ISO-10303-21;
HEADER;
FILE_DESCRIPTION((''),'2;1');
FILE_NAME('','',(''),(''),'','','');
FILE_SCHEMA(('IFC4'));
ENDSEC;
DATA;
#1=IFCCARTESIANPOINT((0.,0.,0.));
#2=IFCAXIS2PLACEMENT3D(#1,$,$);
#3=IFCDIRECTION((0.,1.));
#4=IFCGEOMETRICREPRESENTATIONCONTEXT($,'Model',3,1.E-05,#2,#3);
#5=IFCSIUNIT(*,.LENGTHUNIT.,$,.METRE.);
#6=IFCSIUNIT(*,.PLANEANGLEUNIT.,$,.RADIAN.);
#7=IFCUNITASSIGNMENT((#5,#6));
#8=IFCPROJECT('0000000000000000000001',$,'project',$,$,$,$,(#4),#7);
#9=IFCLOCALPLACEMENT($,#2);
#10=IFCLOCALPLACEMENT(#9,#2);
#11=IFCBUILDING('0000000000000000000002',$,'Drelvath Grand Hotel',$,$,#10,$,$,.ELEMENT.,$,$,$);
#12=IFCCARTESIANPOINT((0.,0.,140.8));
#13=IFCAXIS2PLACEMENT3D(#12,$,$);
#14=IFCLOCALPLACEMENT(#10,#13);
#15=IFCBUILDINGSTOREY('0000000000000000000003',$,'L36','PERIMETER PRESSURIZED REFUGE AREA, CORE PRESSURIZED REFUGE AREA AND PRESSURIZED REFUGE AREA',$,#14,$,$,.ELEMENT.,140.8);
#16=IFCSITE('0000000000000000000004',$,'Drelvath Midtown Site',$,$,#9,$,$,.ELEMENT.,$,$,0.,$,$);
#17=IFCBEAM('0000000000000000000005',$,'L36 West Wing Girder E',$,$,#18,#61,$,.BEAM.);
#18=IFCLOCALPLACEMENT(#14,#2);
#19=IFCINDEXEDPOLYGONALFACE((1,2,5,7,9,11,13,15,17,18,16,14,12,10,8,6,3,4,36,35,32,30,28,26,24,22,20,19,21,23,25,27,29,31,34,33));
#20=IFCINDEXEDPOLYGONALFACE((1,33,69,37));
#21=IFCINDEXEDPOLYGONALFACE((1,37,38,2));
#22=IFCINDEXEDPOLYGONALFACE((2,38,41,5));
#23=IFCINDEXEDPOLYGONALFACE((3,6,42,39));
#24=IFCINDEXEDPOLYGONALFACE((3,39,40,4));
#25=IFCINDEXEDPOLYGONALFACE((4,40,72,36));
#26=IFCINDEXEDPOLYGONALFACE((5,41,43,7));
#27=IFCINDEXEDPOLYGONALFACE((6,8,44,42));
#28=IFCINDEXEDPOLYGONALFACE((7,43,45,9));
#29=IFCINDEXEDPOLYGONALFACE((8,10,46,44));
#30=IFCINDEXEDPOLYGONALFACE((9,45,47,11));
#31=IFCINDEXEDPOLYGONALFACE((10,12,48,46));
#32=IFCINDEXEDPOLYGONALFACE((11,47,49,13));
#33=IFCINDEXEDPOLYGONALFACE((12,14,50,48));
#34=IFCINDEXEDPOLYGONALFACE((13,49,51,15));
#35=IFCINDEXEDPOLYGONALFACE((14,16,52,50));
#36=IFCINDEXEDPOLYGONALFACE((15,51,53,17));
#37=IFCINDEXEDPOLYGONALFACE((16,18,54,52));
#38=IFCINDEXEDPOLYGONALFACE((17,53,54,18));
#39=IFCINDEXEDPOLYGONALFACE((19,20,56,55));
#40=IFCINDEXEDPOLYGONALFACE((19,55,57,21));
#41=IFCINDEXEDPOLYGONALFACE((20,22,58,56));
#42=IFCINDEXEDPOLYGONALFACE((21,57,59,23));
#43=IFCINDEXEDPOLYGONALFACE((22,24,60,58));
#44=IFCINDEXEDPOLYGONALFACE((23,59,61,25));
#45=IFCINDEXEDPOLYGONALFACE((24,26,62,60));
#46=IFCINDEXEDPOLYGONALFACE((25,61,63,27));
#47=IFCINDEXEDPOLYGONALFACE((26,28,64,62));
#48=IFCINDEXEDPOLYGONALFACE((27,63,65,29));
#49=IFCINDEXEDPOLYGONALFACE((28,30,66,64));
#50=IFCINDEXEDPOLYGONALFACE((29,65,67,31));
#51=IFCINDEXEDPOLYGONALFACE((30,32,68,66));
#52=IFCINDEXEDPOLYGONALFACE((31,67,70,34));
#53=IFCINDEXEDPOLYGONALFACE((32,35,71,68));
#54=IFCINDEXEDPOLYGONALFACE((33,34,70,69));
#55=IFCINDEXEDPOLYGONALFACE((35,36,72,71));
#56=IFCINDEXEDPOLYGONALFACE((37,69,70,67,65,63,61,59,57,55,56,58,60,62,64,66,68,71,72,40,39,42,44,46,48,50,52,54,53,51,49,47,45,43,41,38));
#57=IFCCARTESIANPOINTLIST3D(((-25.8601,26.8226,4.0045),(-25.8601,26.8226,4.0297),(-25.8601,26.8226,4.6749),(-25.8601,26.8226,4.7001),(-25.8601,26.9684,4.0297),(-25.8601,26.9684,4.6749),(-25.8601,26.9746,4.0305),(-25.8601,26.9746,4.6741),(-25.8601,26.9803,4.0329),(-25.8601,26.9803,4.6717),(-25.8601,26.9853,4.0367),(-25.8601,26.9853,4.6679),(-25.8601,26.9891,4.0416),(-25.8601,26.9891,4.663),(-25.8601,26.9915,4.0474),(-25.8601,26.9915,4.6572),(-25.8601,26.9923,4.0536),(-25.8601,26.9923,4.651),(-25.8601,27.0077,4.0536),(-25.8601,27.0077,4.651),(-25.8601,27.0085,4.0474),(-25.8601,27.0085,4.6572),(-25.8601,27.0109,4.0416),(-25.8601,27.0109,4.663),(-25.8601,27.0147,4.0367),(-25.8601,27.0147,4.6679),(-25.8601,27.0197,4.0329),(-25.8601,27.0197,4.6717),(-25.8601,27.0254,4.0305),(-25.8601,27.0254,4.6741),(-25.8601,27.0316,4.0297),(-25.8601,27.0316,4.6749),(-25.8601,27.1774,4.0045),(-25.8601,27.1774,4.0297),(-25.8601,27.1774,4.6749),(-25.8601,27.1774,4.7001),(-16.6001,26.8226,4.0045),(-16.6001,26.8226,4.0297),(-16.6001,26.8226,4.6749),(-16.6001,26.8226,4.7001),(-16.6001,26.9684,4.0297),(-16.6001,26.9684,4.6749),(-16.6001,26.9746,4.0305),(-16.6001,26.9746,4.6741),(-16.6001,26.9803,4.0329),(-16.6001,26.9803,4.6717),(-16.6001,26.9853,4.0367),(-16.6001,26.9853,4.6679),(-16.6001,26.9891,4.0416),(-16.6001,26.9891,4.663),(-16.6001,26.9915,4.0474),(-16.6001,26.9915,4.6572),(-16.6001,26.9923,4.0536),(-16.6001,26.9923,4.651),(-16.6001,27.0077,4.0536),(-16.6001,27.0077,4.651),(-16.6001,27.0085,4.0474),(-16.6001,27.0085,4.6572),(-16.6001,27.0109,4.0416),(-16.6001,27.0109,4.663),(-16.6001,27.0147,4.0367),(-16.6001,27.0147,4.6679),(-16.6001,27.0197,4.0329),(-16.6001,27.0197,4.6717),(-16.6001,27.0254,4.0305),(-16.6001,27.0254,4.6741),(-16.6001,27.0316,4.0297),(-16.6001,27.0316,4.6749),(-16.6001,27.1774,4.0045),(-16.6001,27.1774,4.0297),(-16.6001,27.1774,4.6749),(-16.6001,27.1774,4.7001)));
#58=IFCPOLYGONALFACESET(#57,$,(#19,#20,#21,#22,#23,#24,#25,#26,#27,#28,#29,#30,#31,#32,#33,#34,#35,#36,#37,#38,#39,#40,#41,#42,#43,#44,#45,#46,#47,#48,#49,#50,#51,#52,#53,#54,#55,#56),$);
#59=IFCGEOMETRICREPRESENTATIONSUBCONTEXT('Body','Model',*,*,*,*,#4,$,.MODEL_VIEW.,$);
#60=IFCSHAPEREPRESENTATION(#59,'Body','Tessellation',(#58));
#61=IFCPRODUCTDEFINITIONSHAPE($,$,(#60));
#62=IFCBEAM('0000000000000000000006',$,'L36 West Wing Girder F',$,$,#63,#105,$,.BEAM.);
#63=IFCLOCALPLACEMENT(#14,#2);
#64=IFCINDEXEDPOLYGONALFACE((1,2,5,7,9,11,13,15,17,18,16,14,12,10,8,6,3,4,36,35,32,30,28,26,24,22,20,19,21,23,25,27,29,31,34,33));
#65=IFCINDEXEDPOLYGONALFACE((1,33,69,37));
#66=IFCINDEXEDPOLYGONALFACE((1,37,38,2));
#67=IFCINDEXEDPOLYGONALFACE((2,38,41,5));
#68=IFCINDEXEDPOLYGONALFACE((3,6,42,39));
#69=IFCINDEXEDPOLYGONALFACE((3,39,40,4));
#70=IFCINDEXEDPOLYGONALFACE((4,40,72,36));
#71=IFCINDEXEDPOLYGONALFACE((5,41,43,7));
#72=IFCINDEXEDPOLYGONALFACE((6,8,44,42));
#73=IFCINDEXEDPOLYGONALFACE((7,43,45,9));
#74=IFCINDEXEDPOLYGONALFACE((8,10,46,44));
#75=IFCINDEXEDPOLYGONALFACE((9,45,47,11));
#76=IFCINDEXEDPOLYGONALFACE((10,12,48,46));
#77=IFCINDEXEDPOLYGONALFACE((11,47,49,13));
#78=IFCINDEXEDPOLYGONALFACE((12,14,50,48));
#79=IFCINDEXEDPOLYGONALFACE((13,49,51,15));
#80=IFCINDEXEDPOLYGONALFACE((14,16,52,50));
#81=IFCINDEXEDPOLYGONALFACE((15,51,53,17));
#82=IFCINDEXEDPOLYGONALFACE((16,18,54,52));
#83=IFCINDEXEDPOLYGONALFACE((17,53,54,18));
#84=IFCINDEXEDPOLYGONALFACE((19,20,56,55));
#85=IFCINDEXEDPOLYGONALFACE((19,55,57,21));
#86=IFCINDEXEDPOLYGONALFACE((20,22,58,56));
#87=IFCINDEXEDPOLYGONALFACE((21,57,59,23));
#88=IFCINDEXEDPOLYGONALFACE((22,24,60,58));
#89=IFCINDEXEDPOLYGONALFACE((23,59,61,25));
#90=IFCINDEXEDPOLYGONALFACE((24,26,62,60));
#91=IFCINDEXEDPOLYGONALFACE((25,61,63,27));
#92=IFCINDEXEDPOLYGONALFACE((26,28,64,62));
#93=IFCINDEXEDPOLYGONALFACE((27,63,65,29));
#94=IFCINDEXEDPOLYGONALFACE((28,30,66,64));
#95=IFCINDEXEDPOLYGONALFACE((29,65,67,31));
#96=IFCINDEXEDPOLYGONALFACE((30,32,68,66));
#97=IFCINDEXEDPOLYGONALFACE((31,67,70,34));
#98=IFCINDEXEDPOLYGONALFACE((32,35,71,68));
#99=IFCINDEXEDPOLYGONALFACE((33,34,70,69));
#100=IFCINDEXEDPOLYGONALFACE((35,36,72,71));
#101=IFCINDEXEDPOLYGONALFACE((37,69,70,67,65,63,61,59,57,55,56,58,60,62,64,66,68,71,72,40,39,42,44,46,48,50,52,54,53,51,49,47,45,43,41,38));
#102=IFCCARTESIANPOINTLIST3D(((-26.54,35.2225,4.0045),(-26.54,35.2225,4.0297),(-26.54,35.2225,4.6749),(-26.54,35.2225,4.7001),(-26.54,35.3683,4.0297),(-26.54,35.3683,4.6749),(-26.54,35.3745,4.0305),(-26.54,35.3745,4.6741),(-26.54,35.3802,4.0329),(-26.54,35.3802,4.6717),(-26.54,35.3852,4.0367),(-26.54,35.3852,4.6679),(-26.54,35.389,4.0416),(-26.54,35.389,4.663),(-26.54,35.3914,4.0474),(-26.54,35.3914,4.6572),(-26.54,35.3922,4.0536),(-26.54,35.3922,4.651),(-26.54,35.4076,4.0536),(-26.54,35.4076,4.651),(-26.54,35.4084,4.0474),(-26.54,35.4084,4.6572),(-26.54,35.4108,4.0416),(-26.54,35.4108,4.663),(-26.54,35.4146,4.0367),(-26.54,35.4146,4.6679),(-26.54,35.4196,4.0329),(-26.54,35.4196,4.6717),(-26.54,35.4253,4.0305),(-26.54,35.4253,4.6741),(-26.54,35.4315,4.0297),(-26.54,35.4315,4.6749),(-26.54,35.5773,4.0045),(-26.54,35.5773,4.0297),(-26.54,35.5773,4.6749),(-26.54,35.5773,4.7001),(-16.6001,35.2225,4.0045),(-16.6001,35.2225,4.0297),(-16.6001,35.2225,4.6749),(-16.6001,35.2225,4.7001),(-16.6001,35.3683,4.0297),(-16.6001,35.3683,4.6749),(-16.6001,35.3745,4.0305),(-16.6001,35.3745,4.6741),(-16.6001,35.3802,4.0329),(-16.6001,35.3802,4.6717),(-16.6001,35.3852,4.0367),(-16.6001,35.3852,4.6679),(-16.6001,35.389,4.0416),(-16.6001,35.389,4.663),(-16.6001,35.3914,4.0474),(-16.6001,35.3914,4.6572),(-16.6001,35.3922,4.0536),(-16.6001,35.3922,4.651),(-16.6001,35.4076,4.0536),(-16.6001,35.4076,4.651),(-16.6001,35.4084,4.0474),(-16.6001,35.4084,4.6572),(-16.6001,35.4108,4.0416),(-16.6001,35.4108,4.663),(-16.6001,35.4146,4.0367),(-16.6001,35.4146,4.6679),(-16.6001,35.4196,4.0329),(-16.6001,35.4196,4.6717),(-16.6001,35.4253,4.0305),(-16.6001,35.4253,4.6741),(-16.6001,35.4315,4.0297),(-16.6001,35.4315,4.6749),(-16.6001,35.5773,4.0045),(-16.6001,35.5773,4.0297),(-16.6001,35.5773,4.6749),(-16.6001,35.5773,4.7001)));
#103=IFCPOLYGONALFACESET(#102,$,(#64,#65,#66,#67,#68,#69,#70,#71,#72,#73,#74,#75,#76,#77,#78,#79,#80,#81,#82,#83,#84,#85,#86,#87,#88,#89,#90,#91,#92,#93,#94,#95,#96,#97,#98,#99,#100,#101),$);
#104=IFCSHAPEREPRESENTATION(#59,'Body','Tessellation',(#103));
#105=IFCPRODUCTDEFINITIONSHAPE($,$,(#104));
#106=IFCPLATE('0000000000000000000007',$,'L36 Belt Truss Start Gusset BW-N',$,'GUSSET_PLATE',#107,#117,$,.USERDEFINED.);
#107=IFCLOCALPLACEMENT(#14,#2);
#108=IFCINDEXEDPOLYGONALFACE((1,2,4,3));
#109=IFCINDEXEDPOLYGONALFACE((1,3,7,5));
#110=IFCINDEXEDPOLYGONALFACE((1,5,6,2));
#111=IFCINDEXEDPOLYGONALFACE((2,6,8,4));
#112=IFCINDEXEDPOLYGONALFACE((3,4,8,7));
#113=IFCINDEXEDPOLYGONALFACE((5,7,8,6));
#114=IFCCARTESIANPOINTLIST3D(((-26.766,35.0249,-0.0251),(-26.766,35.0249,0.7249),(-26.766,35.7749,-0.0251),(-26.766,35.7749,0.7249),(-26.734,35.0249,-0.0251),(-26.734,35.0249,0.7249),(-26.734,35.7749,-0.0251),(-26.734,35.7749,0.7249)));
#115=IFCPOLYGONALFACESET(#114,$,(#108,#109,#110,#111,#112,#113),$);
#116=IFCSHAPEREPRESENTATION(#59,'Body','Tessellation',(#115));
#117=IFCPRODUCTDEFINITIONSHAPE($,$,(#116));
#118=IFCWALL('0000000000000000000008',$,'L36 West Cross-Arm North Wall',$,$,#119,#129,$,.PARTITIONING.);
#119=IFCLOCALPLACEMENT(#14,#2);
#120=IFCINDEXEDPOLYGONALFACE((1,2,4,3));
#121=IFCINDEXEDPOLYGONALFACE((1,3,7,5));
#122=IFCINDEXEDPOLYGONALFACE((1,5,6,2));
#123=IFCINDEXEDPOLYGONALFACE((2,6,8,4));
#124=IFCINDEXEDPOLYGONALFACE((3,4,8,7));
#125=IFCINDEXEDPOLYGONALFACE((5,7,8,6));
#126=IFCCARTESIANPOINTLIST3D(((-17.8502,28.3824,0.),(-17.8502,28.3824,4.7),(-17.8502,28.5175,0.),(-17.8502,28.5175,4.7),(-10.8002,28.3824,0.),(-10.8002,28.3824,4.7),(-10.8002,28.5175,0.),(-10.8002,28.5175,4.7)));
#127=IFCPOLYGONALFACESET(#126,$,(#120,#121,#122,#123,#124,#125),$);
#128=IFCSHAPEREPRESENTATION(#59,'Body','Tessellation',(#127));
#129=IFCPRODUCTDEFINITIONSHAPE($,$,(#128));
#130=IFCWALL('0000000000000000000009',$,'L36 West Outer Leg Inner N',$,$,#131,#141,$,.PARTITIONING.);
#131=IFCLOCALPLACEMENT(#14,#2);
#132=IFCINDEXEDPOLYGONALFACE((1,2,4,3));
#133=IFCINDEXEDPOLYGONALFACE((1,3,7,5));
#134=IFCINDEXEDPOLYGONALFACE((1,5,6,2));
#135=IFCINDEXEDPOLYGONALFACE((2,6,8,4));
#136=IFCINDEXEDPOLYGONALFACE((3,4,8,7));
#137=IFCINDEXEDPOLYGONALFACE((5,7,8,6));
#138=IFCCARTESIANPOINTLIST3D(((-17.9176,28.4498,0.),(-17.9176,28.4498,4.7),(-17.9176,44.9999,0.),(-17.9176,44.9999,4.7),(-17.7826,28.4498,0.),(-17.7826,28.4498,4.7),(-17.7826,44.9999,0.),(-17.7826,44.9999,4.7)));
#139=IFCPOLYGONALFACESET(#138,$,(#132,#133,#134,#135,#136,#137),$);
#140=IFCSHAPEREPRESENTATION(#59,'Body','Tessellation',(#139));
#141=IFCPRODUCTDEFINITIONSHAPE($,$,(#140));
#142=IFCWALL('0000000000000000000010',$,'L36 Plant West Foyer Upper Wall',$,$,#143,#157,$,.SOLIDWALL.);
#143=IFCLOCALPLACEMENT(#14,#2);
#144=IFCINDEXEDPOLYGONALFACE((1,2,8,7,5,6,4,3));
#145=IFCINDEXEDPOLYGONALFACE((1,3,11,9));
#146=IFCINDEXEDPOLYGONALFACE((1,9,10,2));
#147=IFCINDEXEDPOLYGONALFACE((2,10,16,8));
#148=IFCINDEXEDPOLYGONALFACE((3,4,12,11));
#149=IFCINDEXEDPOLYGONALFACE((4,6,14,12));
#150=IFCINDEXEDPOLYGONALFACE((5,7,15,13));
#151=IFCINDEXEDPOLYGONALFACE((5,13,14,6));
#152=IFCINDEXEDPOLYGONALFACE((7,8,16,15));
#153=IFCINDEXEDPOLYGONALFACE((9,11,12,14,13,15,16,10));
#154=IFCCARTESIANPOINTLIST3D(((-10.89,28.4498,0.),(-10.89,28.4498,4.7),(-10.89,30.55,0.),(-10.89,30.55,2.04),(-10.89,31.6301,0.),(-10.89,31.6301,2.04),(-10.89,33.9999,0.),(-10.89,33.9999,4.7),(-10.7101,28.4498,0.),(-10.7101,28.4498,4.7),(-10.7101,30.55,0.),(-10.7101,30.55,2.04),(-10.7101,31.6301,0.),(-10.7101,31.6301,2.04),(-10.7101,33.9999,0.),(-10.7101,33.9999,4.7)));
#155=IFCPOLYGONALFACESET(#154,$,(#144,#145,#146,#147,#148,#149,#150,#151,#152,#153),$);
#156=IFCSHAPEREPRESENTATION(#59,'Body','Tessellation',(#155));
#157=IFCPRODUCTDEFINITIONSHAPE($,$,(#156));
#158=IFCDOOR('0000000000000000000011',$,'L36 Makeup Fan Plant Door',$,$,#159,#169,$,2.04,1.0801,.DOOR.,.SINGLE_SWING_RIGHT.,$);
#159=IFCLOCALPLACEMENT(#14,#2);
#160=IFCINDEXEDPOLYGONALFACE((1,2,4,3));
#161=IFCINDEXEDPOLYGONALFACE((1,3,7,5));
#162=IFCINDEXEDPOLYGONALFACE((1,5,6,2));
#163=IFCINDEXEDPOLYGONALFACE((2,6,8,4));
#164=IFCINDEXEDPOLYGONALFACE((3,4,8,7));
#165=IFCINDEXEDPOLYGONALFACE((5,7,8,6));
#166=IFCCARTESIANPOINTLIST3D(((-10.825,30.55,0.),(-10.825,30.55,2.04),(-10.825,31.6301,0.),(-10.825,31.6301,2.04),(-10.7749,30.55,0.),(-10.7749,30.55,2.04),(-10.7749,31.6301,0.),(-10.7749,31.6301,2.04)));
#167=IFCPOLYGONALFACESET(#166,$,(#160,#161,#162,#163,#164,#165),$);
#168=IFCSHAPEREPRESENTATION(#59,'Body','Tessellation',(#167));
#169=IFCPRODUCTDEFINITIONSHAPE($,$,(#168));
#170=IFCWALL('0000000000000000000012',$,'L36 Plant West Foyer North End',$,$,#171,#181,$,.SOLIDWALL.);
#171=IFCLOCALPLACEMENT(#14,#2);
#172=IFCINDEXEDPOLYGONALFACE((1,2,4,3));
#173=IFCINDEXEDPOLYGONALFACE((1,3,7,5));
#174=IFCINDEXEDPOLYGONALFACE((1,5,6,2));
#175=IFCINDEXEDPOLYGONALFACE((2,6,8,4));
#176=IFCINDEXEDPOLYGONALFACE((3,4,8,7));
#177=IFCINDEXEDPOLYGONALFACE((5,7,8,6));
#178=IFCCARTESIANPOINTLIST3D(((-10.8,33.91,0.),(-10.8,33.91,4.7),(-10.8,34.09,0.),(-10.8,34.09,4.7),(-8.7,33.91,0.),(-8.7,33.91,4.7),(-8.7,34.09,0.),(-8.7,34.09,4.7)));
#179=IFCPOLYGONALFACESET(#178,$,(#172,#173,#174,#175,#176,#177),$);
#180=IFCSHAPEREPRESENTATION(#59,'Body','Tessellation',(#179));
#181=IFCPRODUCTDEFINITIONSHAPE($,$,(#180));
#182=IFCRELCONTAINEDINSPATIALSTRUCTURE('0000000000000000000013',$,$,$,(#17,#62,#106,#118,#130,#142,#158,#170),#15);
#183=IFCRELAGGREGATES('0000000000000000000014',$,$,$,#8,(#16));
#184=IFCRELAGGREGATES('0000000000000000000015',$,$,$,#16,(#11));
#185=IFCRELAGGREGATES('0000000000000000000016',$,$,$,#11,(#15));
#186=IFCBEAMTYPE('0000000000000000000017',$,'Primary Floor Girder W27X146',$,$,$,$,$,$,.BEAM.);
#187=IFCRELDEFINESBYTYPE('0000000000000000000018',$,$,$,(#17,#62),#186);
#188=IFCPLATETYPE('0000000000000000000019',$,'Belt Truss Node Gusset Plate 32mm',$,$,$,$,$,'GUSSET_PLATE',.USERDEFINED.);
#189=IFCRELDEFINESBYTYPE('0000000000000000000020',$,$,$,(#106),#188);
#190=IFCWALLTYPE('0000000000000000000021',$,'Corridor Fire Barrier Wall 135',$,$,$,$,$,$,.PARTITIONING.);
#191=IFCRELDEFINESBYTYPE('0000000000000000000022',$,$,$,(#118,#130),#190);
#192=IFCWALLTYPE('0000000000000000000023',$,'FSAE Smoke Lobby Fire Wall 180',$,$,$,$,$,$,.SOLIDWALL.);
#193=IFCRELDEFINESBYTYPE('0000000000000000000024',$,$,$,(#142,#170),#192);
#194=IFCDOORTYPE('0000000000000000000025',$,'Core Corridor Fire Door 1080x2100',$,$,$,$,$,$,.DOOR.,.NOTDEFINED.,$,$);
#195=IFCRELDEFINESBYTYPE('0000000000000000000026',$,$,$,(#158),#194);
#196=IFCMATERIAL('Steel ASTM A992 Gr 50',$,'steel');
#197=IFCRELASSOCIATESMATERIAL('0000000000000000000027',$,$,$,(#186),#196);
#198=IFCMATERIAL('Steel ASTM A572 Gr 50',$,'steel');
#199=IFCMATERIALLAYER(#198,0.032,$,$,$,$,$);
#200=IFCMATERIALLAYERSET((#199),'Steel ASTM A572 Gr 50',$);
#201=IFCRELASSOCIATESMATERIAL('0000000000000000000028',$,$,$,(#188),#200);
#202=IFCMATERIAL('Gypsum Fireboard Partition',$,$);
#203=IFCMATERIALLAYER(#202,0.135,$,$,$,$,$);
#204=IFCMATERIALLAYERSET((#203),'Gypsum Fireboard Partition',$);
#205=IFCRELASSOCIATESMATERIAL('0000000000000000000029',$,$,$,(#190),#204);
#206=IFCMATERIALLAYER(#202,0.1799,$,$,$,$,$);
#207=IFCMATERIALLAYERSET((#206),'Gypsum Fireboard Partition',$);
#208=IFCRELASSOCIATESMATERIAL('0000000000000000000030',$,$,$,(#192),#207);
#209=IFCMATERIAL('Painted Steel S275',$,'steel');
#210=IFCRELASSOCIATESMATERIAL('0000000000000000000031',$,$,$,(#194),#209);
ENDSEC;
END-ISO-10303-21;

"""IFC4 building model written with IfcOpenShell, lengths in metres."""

from ifc_helpers import new_model, si_unit, direction, frame, frame_2d, origin, origin_2d, place, context, subcontext, project, spatial, rectangle, i_section, extrude, material, layer, layer_set, material_profile, profile_set, type_object, element, fill, save


model = new_model("IFC4")

# Units and contexts
model_context = context("Model", 3, precision=1e-05, world=origin(), true_north=direction((0.0, 1.0)))
body_context = subcontext(model_context, "Body", "Model", "MODEL_VIEW")
ifc_project = project(units=[si_unit("LENGTHUNIT", "METRE"), si_unit("PLANEANGLEUNIT", "RADIAN")], contexts=[model_context])

# Site, building, storey
site_placement = place(None, origin())
site = spatial("IfcSite", under=ifc_project, at=site_placement, Name="Drelvath Midtown Site", CompositionType="ELEMENT", RefElevation=0.0)
building_placement = place(site_placement, origin())
building = spatial("IfcBuilding", under=site, at=building_placement, Name="Drelvath Grand Hotel", CompositionType="ELEMENT")
storey_placement = place(building_placement, frame((0.0, 0.0, 140.8)))
storey = spatial("IfcBuildingStorey", under=building, at=storey_placement, Name="L36", Description="PERIMETER PRESSURIZED REFUGE AREA, CORE PRESSURIZED REFUGE AREA AND PRESSURIZED REFUGE AREA", CompositionType="ELEMENT", Elevation=140.8)

# Beams
ifc_material_1 = material(Name="Steel ASTM A992 Gr 50", Category="steel")
ifc_material_profile_1 = material_profile(ifc_material_1, i_section(OverallWidth=0.3547, OverallDepth=0.6956, WebThickness=0.0154, FlangeThickness=0.0251, FilletRadius=0.0239, at=origin_2d()), Name="W27X146")
ifc_profile_set_1 = profile_set([ifc_material_profile_1], Name="Steel ASTM A992 Gr 50")
beam_type_1 = type_object("IfcBeamType", Name="Primary Floor Girder W27X146", PredefinedType="BEAM", material=ifc_profile_set_1)
beam_1_placement = place(storey_placement, frame((-25.8601, 27.0, 4.3523), z_axis=(1.0, 0.0, 0.0), x_axis=(0.0, 1.0, 0.0)))
element("IfcBeam", 1, at=beam_1_placement, inside=storey, type_object=beam_type_1, Name="L36 West Wing Girder E", PredefinedType="BEAM", context=body_context, shape_type="SweptSolid", body=[
    extrude(i_section(OverallWidth=0.3547, OverallDepth=0.6956, WebThickness=0.0154, FlangeThickness=0.0251, FilletRadius=0.0239, at=origin_2d()), origin(), (0.0, 0.0, 1.0), 9.26),
])
beam_2_placement = place(storey_placement, frame((-26.54, 35.3999, 4.3523), z_axis=(1.0, 0.0, 0.0), x_axis=(0.0, 1.0, 0.0)))
element("IfcBeam", 2, at=beam_2_placement, inside=storey, type_object=beam_type_1, Name="L36 West Wing Girder F", PredefinedType="BEAM", context=body_context, shape_type="SweptSolid", body=[
    extrude(i_section(OverallWidth=0.3547, OverallDepth=0.6956, WebThickness=0.0154, FlangeThickness=0.0251, FilletRadius=0.0239, at=origin_2d()), origin(), (0.0, 0.0, 1.0), 9.9399),
])

# Plate
ifc_material_2 = material(Name="Steel ASTM A572 Gr 50", Category="steel")
ifc_layer_1 = layer(ifc_material_2, 0.032)
ifc_layer_set_1 = layer_set([ifc_layer_1], Name="Steel ASTM A572 Gr 50")
plate_type = type_object("IfcPlateType", Name="Belt Truss Node Gusset Plate 32mm", ElementType="GUSSET_PLATE", PredefinedType="USERDEFINED", material=ifc_layer_set_1)
plate_placement = place(storey_placement, frame((-26.75, 35.3999, -0.0251), z_axis=(0.0, 0.0, 1.0), x_axis=(0.0, 1.0, 0.0)))
element("IfcPlate", 3, at=plate_placement, inside=storey, type_object=plate_type, Name="L36 Belt Truss Start Gusset BW-N", ObjectType="GUSSET_PLATE", PredefinedType="USERDEFINED", context=body_context, shape_type="SweptSolid", body=[
    extrude(rectangle(XDim=0.75, YDim=0.032, at=origin_2d()), origin(), (0.0, 0.0, 1.0), 0.75),
])

# Walls
ifc_material_3 = material(Name="Gypsum Fireboard Partition")
ifc_layer_2 = layer(ifc_material_3, 0.135)
ifc_layer_set_2 = layer_set([ifc_layer_2], Name="Gypsum Fireboard Partition")
wall_type_1 = type_object("IfcWallType", Name="Corridor Fire Barrier Wall 135", PredefinedType="PARTITIONING", material=ifc_layer_set_2)
wall_1_placement = place(storey_placement, frame((-17.8501, 28.45, 0.0), z_axis=(0.0, 0.0, 1.0), x_axis=(1.0, 0.0, 0.0)))
element("IfcWall", 4, at=wall_1_placement, inside=storey, type_object=wall_type_1, Name="L36 West Cross-Arm North Wall", PredefinedType="PARTITIONING", context=body_context, shape_type="SweptSolid", body=[
    extrude(rectangle(XDim=7.05, YDim=0.135, at=frame_2d((3.5249, 0.0))), origin(), (0.0, 0.0, 1.0), 4.7),
])
wall_2_placement = place(storey_placement, frame((-17.8501, 28.45, 0.0), z_axis=(0.0, 0.0, 1.0), x_axis=(0.0, 1.0, 0.0)))
element("IfcWall", 5, at=wall_2_placement, inside=storey, type_object=wall_type_1, Name="L36 West Outer Leg Inner N", PredefinedType="PARTITIONING", context=body_context, shape_type="SweptSolid", body=[
    extrude(rectangle(XDim=16.55, YDim=0.135, at=frame_2d((8.2749, 0.0))), origin(), (0.0, 0.0, 1.0), 4.7),
])

# Wall, opening, door
ifc_layer_3 = layer(ifc_material_3, 0.1799)
ifc_layer_set_3 = layer_set([ifc_layer_3], Name="Gypsum Fireboard Partition")
wall_type_2 = type_object("IfcWallType", Name="FSAE Smoke Lobby Fire Wall 180", PredefinedType="SOLIDWALL", material=ifc_layer_set_3)
wall_3_placement = place(storey_placement, frame((-10.8, 28.45, 0.0), z_axis=(0.0, 0.0, 1.0), x_axis=(0.0, 1.0, 0.0)))
wall_3 = element("IfcWall", 6, at=wall_3_placement, inside=storey, type_object=wall_type_2, Name="L36 Plant West Foyer Upper Wall", PredefinedType="SOLIDWALL", context=body_context, shape_type="SweptSolid", body=[
    extrude(rectangle(XDim=5.55, YDim=0.1799, at=frame_2d((2.7749, 0.0))), origin(), (0.0, 0.0, 1.0), 4.7),
])
opening_placement = place(wall_3_placement, frame((2.1001, 0.0, 0.0)))
opening = element("IfcOpeningElement", 7, at=opening_placement, cuts=wall_3, PredefinedType="OPENING", context=body_context, shape_type="SweptSolid", body=[
    extrude(rectangle(XDim=1.0801, YDim=2.04, at=frame_2d((0.54, 1.02))), frame((0.0, 0.0999, 0.0), z_axis=(0.0, -1.0, 0.0), x_axis=(1.0, 0.0, 0.0)), (0.0, 0.0, 1.0), 0.2),
])
ifc_material_4 = material(Name="Painted Steel S275", Category="steel")
door_type = type_object("IfcDoorType", Name="Core Corridor Fire Door 1080x2100", OperationType="NOTDEFINED", PredefinedType="DOOR", material=ifc_material_4)
door_placement = place(opening_placement, origin())
door = element("IfcDoor", 8, at=door_placement, inside=storey, type_object=door_type, Name="L36 Makeup Fan Plant Door", OperationType="SINGLE_SWING_RIGHT", OverallHeight=2.04, OverallWidth=1.0801, PredefinedType="DOOR", context=body_context, shape_type="SweptSolid", body=[
    extrude(rectangle(XDim=1.0801, YDim=2.04, at=frame_2d((0.54, 1.02))), frame((0.0, 0.0249, 0.0), z_axis=(0.0, -1.0, 0.0), x_axis=(1.0, 0.0, 0.0)), (0.0, 0.0, 1.0), 0.05),
])
fill(opening, door)

# Wall
wall_4_placement = place(storey_placement, frame((-10.8, 34.0, 0.0), z_axis=(0.0, 0.0, 1.0), x_axis=(1.0, 0.0, 0.0)))
element("IfcWall", 9, at=wall_4_placement, inside=storey, type_object=wall_type_2, Name="L36 Plant West Foyer North End", PredefinedType="SOLIDWALL", context=body_context, shape_type="SweptSolid", body=[
    extrude(rectangle(XDim=2.1001, YDim=0.1799, at=frame_2d((1.05, 0.0))), origin(), (0.0, 0.0, 1.0), 4.7),
])

save(model, "model.ifc")
